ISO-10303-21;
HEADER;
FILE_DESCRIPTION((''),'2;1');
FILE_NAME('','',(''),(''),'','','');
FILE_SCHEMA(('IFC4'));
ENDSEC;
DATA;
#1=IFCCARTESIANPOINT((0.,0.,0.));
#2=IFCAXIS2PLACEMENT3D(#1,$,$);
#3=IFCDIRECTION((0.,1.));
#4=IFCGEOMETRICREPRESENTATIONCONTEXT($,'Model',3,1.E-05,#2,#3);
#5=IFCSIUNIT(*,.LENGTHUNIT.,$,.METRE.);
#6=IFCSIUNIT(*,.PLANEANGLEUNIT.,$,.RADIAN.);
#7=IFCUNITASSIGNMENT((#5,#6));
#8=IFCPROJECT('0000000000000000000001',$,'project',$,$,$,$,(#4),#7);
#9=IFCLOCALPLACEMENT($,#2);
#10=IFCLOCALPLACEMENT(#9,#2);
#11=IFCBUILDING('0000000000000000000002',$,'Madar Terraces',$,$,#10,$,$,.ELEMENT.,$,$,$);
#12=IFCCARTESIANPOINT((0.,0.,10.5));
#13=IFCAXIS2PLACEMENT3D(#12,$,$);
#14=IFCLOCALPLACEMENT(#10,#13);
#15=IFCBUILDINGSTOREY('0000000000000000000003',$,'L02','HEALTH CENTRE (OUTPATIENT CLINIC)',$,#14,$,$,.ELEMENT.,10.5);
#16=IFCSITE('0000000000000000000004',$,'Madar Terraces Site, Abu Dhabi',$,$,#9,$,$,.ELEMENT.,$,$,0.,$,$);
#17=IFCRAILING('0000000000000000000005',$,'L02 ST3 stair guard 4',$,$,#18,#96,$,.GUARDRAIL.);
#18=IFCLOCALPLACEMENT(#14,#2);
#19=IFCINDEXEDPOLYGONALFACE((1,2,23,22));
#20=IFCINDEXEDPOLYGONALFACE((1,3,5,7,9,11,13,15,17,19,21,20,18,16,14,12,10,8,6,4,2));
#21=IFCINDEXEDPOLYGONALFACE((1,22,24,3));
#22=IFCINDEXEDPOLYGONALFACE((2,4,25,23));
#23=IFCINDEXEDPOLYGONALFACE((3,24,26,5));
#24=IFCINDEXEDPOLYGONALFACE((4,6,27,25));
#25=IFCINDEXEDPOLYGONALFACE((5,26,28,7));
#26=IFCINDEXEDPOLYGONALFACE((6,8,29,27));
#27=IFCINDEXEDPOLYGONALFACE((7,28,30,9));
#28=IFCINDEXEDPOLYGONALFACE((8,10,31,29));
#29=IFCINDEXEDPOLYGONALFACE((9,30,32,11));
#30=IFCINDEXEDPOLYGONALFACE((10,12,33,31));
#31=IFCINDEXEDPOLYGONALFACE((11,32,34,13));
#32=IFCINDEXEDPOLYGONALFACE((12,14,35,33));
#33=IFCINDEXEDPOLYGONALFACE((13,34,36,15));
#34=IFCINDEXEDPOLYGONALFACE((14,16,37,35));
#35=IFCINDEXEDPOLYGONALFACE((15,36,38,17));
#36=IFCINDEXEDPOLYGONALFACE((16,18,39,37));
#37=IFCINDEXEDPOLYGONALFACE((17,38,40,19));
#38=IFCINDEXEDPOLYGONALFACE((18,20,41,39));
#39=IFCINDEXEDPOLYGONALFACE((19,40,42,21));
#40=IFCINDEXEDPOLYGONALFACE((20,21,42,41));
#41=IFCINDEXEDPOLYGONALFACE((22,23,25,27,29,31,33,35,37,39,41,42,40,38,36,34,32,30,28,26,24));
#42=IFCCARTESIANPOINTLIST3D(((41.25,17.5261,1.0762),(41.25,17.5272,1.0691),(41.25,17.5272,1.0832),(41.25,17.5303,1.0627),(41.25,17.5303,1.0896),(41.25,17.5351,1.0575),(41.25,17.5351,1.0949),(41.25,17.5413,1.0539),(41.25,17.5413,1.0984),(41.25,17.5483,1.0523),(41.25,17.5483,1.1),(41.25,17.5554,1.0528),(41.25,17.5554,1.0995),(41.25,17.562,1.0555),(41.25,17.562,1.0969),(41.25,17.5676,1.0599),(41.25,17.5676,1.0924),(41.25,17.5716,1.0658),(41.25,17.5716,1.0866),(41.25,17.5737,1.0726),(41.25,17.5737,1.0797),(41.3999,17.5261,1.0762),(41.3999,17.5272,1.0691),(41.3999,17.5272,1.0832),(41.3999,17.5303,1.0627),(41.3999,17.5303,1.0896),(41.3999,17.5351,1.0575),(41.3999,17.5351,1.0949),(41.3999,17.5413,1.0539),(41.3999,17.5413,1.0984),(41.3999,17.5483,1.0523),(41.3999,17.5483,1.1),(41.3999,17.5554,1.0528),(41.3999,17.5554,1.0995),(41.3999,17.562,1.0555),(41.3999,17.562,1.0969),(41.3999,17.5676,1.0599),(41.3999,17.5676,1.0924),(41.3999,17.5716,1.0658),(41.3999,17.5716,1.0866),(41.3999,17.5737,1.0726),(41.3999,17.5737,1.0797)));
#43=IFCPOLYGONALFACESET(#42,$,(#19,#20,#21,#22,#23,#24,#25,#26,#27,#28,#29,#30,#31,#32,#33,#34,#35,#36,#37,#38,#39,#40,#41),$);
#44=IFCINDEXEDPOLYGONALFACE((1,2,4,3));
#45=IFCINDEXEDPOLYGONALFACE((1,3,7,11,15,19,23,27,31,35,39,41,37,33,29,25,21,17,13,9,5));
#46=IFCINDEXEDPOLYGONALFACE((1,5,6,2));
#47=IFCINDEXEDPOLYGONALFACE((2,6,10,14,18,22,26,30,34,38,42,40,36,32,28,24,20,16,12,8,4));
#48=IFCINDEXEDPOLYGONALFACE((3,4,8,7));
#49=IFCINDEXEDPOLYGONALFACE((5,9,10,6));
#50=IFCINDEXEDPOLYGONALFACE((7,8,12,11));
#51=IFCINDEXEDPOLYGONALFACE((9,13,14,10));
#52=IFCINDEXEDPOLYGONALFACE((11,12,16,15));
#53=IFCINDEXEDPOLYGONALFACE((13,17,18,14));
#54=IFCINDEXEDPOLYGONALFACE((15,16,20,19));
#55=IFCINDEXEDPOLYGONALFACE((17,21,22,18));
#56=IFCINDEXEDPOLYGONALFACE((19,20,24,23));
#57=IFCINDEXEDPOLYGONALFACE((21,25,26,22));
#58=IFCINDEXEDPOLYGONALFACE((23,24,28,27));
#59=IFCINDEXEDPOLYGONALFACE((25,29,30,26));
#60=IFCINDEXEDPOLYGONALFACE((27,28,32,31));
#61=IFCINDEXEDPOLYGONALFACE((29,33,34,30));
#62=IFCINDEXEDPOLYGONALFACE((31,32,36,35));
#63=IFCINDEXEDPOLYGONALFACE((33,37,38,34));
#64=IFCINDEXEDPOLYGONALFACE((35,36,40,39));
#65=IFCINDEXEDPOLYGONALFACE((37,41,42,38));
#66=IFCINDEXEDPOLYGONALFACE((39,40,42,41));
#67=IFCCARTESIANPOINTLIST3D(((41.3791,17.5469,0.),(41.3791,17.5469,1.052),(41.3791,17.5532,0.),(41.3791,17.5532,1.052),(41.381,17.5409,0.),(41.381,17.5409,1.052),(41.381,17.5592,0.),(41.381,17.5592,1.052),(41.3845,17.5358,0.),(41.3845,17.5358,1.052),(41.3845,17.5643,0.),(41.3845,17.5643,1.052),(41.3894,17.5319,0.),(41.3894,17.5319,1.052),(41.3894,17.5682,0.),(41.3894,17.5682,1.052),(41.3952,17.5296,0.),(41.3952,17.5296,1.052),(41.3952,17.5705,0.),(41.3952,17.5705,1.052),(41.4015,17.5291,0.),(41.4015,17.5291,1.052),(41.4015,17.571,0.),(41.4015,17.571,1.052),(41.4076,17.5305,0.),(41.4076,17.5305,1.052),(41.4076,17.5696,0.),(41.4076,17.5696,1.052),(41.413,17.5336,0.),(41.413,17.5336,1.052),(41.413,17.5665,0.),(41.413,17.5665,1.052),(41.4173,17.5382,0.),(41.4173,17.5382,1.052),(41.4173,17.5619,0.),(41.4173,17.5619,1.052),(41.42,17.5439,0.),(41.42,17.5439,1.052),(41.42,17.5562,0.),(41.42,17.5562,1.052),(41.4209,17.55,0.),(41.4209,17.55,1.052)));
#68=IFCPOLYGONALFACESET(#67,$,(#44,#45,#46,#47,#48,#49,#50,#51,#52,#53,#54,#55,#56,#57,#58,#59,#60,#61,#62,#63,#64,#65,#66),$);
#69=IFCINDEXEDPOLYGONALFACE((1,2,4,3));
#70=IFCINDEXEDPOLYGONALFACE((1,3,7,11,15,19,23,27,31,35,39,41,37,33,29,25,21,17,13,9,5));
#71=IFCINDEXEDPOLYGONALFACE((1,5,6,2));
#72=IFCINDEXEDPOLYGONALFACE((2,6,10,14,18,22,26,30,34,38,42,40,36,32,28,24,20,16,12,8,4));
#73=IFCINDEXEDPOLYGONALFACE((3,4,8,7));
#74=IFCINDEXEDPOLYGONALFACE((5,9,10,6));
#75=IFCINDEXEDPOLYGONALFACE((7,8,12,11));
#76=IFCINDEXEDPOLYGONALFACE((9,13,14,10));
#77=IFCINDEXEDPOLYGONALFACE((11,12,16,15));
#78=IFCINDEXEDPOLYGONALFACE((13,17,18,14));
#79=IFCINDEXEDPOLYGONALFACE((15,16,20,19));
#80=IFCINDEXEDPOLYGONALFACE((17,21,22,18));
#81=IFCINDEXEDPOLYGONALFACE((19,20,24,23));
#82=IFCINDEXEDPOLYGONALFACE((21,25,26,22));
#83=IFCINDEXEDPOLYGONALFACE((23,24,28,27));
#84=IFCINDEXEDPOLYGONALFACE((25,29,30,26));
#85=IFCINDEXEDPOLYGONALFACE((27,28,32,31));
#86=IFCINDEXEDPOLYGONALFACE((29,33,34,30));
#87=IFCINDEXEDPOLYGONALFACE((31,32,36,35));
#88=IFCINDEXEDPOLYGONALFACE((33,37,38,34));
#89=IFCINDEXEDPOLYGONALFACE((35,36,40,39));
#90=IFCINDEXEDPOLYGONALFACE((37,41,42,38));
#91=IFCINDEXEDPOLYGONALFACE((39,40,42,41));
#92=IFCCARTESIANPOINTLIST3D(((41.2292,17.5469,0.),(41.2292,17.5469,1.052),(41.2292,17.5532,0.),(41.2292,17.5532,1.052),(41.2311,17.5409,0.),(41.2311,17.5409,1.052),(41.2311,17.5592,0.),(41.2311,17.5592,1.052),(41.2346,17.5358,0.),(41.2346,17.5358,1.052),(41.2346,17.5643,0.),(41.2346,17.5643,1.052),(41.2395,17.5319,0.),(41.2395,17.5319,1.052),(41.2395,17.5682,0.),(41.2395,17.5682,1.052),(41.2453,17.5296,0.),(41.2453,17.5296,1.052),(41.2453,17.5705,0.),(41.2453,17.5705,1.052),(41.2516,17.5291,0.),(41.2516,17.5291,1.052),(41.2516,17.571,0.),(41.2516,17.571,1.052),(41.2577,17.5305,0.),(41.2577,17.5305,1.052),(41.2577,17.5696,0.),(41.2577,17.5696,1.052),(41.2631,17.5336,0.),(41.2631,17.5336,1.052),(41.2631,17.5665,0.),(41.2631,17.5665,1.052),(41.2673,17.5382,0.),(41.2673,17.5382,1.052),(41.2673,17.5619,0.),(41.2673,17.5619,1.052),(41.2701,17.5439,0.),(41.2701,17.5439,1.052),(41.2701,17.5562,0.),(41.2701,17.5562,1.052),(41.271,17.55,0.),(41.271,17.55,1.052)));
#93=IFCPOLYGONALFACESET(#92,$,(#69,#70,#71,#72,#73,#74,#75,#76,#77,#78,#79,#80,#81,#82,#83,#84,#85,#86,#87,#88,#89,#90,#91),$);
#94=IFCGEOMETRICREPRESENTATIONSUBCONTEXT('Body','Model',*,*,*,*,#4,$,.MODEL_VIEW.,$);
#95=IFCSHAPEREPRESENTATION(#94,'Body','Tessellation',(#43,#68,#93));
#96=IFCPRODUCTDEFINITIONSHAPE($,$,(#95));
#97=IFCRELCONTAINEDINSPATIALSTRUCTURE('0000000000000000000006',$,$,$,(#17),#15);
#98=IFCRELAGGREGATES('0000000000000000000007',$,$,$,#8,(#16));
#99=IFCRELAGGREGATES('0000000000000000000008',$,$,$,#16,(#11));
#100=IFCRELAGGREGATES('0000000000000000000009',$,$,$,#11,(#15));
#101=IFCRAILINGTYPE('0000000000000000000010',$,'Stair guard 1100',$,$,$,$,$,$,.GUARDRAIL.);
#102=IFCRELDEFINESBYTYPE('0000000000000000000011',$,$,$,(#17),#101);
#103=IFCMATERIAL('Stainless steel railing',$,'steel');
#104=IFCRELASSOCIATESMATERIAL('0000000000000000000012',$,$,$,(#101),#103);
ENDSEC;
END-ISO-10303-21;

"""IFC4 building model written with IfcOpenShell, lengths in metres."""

from ifc_helpers import new_model, si_unit, direction, frame, origin, origin_2d, place, context, subcontext, project, spatial, circle, extrude, material, type_object, element, save


model = new_model("IFC4")

# Units and contexts
model_context = context("Model", 3, precision=1e-05, world=origin(), true_north=direction((0.0, 1.0)))
body_context = subcontext(model_context, "Body", "Model", "MODEL_VIEW")
ifc_project = project(units=[si_unit("LENGTHUNIT", "METRE"), si_unit("PLANEANGLEUNIT", "RADIAN")], contexts=[model_context])

# Site, building, storey
site_placement = place(None, origin())
site = spatial("IfcSite", under=ifc_project, at=site_placement, Name="Madar Terraces Site, Abu Dhabi", CompositionType="ELEMENT", RefElevation=0.0)
building_placement = place(site_placement, origin())
building = spatial("IfcBuilding", under=site, at=building_placement, Name="Madar Terraces", CompositionType="ELEMENT")
storey_placement = place(building_placement, frame((0.0, 0.0, 10.5)))
storey = spatial("IfcBuildingStorey", under=building, at=storey_placement, Name="L02", Description="HEALTH CENTRE (OUTPATIENT CLINIC)", CompositionType="ELEMENT", Elevation=10.5)

# Railing
ifc_material_1 = material(Name="Stainless steel railing", Category="steel")
railing_type_1 = type_object("IfcRailingType", Name="Stair guard 1100", PredefinedType="GUARDRAIL", material=ifc_material_1)
railing_1_placement = place(storey_placement, frame((41.3999, 17.55, 0.0)))
element("IfcRailing", 1, at=railing_1_placement, inside=storey, type_object=railing_type_1, Name="L02 ST3 stair guard 4", PredefinedType="GUARDRAIL", context=body_context, shape_type="SweptSolid", body=[
    extrude(circle(Radius=0.0239, at=origin_2d()), frame((0.0, 0.0, 1.0762), z_axis=(-1.0, 0.0, 0.0), x_axis=(0.0, -1.0, 0.0)), (0.0, 0.0, 1.0), 0.1499),
    extrude(circle(Radius=0.021, at=origin_2d()), origin(), (0.0, 0.0, 1.0), 1.052),
    extrude(circle(Radius=0.021, at=origin_2d()), frame((-0.1499, 0.0, 0.0)), (0.0, 0.0, 1.0), 1.052),
])

save(model, "model.ifc")
